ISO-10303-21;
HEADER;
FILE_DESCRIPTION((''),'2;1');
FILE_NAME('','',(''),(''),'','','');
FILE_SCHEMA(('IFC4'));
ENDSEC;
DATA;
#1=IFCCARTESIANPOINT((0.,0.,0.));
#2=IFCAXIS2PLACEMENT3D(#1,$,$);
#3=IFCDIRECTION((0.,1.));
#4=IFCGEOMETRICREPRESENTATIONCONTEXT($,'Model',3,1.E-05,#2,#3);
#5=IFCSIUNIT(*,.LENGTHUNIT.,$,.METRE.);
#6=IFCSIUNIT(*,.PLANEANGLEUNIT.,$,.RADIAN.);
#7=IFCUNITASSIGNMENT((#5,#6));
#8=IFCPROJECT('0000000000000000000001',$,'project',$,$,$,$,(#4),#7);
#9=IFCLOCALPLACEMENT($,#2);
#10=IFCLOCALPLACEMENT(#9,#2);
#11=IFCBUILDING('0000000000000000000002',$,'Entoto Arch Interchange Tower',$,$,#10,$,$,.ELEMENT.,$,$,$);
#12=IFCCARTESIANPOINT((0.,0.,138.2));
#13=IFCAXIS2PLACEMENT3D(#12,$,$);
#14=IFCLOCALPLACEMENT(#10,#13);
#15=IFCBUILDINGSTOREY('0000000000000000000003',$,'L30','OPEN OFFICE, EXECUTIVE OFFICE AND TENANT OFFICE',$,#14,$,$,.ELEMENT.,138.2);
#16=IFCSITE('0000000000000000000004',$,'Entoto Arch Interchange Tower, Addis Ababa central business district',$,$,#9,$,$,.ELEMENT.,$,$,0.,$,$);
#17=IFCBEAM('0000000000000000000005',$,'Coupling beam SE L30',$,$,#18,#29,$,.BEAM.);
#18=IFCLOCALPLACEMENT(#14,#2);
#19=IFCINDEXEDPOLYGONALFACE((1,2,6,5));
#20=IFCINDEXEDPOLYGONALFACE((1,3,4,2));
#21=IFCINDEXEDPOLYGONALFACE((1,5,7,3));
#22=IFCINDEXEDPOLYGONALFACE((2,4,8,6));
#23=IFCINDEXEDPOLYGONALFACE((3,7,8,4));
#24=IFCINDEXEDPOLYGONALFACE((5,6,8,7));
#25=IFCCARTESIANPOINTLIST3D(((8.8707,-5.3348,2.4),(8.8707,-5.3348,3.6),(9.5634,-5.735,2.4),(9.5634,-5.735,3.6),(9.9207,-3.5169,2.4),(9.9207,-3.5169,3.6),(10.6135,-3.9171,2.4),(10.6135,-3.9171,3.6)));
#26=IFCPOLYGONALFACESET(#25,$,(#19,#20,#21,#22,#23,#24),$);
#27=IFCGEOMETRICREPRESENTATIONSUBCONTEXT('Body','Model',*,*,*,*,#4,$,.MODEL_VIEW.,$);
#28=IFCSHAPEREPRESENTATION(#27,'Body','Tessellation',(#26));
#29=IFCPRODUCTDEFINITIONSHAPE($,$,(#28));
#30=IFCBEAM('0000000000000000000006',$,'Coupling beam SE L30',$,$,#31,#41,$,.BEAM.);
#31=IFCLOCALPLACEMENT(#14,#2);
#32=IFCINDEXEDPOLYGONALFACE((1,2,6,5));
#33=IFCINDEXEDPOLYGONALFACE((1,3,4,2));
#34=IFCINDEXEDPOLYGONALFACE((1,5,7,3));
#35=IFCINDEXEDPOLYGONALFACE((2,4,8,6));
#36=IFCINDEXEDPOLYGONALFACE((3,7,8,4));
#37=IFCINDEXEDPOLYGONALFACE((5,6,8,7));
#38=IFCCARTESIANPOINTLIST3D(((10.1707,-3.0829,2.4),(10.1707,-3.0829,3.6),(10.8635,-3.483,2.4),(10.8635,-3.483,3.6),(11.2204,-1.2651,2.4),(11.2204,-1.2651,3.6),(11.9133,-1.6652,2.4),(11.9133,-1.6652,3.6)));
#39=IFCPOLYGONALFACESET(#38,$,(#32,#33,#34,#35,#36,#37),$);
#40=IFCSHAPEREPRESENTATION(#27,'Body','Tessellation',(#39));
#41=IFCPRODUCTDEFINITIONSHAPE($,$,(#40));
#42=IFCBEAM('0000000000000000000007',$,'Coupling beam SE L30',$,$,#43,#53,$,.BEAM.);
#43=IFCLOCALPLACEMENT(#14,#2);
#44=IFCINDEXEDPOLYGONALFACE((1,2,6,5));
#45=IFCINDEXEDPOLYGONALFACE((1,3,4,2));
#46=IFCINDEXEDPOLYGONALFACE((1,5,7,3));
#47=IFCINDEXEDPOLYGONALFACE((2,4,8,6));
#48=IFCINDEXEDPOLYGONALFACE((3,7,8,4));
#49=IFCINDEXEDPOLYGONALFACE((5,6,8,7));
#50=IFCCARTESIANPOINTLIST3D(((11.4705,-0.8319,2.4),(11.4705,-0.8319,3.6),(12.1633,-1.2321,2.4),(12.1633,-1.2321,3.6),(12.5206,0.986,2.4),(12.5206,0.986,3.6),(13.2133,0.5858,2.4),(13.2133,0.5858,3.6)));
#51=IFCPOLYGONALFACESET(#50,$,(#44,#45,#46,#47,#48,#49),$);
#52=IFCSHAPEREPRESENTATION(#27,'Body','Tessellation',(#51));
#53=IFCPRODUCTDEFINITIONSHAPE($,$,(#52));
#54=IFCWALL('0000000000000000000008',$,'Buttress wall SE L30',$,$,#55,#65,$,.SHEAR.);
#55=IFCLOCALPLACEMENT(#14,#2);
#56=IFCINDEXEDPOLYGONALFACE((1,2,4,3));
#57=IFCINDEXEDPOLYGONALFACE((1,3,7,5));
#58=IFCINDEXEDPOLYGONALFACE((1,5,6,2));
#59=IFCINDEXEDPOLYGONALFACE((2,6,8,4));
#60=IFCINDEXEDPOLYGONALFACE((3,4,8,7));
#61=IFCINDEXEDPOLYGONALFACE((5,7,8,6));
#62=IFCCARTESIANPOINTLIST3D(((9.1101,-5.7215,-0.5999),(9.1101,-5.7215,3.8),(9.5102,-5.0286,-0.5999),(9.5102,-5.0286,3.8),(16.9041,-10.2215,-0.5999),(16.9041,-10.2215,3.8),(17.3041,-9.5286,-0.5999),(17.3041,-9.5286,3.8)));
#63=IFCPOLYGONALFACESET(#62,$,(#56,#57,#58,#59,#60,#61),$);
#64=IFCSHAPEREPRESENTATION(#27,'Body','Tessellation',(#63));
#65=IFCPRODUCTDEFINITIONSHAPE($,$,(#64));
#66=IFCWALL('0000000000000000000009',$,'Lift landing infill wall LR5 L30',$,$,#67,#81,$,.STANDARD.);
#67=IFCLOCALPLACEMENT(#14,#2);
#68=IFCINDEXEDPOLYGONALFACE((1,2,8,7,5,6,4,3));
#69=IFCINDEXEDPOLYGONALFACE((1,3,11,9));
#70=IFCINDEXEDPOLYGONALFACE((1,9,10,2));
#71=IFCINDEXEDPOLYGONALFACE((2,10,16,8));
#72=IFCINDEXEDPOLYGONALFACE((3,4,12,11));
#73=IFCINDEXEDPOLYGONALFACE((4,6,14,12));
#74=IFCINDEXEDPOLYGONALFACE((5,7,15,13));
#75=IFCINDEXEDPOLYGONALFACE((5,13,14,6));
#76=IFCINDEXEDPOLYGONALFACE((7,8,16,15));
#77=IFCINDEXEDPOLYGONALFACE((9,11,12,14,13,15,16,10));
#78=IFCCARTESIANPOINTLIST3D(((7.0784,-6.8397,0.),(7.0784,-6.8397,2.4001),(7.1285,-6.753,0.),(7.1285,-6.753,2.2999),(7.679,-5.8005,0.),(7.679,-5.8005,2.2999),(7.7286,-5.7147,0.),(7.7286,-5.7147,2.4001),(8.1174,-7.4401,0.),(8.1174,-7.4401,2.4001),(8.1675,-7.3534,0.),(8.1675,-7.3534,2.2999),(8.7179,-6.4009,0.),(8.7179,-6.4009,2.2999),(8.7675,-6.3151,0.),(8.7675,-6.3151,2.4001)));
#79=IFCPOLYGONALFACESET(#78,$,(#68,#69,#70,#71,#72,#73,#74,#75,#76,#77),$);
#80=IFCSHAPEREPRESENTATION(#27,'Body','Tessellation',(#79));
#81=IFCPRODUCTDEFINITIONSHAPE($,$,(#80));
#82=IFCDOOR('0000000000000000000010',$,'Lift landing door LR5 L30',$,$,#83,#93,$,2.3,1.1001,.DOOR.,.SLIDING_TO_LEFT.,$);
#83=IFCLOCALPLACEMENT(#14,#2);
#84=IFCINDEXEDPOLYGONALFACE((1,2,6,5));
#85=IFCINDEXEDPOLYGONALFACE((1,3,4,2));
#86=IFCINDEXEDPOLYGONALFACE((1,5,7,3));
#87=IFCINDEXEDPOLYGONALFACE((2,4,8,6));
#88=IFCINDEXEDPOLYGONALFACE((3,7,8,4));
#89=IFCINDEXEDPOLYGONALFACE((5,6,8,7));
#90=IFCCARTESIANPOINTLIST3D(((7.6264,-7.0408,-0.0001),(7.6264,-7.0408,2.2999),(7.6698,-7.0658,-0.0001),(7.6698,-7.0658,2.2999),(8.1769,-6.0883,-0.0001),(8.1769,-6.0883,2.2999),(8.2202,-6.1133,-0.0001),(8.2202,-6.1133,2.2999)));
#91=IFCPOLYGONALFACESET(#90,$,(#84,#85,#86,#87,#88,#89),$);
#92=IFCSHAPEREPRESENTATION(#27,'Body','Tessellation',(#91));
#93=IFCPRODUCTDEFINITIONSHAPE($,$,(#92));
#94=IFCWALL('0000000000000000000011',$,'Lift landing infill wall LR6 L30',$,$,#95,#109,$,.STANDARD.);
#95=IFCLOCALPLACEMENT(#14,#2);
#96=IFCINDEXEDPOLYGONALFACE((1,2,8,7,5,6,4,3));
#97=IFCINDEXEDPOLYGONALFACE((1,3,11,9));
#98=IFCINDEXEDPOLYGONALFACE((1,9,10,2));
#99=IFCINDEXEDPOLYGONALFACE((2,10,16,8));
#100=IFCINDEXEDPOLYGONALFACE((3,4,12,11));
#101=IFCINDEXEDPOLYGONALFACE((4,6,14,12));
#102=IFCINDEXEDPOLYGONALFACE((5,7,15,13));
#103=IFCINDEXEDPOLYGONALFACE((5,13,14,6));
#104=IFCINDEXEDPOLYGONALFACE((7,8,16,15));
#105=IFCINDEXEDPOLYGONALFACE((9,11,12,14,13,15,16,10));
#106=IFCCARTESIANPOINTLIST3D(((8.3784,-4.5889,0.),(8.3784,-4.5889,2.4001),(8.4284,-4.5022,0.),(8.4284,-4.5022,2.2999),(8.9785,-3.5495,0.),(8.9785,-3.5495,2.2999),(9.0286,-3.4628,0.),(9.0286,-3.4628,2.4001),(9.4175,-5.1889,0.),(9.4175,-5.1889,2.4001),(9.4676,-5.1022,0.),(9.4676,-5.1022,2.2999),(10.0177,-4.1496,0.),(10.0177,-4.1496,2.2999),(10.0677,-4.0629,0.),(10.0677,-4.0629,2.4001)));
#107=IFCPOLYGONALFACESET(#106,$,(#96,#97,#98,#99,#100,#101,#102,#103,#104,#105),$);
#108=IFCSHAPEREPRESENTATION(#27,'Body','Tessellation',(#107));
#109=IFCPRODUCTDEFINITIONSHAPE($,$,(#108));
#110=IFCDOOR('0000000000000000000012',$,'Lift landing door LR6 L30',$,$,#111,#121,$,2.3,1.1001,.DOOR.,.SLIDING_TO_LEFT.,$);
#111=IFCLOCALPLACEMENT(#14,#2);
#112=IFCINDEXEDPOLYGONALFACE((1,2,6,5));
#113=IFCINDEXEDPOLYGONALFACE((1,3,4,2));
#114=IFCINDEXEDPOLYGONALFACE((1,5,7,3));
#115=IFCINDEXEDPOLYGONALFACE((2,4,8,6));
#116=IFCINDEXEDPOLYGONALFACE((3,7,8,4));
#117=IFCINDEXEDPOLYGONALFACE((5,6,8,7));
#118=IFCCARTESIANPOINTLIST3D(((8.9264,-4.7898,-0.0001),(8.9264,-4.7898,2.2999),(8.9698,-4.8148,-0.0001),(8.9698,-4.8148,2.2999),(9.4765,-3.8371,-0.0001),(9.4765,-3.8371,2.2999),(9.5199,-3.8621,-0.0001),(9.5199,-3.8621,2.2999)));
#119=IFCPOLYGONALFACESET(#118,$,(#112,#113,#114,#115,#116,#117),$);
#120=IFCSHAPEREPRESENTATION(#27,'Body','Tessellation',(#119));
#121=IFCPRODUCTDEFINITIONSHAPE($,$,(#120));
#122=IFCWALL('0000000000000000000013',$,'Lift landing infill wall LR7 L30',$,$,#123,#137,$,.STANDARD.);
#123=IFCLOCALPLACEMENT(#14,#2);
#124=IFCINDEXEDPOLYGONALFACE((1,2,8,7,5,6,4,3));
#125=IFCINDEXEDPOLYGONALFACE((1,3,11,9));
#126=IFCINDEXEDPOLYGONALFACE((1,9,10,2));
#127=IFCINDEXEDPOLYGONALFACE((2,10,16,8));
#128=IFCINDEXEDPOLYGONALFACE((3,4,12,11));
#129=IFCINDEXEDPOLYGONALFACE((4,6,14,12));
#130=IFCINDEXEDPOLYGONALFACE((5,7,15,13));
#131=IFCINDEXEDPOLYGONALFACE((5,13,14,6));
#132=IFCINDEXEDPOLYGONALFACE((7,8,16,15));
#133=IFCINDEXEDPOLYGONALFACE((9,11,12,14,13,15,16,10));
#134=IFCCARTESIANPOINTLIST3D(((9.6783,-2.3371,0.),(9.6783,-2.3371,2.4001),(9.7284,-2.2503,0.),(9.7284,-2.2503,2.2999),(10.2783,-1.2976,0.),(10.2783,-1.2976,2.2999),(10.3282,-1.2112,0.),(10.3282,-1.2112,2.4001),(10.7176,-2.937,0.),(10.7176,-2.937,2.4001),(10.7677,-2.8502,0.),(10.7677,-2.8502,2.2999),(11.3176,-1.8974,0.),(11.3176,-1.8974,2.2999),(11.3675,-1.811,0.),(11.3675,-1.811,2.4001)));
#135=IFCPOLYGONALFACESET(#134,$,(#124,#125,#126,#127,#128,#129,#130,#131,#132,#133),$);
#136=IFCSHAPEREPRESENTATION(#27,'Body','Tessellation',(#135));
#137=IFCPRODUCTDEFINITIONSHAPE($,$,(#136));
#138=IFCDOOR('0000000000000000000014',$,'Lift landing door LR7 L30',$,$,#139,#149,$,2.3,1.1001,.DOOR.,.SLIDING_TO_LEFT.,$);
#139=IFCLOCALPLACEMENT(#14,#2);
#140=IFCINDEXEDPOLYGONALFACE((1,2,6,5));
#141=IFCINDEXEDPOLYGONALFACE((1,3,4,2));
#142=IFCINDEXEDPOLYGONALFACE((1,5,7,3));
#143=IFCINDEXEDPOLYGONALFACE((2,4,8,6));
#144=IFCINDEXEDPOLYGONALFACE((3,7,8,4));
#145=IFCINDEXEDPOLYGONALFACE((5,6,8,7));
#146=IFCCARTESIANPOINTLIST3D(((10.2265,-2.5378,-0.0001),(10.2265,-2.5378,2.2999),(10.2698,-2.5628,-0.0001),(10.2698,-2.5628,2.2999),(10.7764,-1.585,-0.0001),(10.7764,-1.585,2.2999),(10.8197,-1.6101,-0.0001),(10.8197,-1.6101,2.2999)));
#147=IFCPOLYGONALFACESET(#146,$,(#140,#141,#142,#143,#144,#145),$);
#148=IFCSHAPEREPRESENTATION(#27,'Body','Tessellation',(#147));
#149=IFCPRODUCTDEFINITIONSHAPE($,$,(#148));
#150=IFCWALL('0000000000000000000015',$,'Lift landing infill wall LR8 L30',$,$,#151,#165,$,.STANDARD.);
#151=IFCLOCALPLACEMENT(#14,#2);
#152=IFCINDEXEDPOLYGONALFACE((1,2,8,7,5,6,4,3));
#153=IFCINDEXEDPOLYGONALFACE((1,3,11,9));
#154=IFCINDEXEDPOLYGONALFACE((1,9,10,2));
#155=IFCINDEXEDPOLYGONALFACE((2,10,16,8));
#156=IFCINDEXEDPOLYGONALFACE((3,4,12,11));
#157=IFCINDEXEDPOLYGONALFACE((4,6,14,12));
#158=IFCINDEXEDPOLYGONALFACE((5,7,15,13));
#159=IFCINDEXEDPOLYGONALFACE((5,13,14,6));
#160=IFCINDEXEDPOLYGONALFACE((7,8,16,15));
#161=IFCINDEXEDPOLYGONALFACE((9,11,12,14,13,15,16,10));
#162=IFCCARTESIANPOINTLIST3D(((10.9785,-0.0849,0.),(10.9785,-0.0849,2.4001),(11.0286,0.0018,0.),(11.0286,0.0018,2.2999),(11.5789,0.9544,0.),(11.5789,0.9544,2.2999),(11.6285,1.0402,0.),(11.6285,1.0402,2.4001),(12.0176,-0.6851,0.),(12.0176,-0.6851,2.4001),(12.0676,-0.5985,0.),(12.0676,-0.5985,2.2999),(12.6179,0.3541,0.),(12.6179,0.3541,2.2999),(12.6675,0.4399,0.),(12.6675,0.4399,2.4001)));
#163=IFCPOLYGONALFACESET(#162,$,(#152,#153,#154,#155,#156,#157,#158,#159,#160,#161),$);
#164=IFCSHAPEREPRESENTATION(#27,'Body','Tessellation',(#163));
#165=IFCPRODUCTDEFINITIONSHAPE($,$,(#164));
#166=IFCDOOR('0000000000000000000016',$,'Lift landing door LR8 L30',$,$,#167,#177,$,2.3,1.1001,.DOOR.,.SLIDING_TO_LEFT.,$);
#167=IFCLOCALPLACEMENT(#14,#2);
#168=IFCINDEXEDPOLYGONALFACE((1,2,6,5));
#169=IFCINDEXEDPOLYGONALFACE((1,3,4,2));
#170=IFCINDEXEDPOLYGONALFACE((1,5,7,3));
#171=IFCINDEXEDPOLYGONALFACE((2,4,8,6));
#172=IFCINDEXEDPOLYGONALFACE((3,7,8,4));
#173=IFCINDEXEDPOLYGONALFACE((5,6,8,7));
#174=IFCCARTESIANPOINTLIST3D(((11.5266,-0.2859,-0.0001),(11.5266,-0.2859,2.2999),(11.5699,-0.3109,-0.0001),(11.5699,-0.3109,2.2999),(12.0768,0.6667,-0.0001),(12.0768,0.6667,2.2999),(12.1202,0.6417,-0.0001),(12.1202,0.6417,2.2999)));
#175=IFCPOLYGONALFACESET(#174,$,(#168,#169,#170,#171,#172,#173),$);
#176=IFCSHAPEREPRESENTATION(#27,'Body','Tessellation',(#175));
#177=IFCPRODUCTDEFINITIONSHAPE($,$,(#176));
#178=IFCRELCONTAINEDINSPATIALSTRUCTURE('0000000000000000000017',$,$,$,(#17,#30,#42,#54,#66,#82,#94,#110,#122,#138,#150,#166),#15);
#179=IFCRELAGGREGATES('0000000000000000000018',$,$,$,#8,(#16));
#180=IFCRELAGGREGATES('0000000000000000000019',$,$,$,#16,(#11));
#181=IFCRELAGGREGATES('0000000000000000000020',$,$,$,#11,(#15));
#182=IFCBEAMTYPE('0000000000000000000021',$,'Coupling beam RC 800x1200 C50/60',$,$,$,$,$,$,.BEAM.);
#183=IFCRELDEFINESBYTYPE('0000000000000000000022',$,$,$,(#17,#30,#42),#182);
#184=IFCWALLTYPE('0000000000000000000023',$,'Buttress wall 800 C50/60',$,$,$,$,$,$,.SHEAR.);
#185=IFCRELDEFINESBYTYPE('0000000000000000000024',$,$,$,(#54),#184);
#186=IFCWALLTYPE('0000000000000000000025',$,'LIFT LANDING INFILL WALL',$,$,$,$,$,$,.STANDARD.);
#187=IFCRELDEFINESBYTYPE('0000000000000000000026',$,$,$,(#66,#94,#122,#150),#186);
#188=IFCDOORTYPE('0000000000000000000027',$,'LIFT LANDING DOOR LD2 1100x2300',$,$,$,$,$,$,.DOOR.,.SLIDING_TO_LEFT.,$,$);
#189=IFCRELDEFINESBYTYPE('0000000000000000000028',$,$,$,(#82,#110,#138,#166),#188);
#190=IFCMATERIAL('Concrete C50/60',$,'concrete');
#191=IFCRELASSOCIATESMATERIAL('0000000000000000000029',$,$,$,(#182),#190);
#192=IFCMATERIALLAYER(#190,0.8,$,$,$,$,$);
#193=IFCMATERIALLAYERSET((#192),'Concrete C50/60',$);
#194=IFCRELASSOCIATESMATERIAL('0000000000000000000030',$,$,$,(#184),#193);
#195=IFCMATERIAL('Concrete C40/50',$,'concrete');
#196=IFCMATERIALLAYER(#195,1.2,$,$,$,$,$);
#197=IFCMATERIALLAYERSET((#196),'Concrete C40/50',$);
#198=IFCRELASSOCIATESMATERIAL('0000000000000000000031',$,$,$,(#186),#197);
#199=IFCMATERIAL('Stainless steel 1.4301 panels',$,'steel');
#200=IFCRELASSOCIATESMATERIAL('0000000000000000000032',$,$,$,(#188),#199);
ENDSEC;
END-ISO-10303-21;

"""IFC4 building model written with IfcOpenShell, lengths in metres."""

from ifc_helpers import new_model, si_unit, direction, frame, frame_2d, origin, origin_2d, place, context, subcontext, project, spatial, rectangle, extrude, material, layer, layer_set, material_profile, profile_set, type_object, element, fill, save


model = new_model("IFC4")

# Units and contexts
model_context = context("Model", 3, precision=1e-05, world=origin(), true_north=direction((0.0, 1.0)))
body_context = subcontext(model_context, "Body", "Model", "MODEL_VIEW")
ifc_project = project(units=[si_unit("LENGTHUNIT", "METRE"), si_unit("PLANEANGLEUNIT", "RADIAN")], contexts=[model_context])

# Site, building, storey
site_placement = place(None, origin())
site = spatial("IfcSite", under=ifc_project, at=site_placement, Name="Entoto Arch Interchange Tower, Addis Ababa central business district", CompositionType="ELEMENT", RefElevation=0.0)
building_placement = place(site_placement, origin())
building = spatial("IfcBuilding", under=site, at=building_placement, Name="Entoto Arch Interchange Tower", CompositionType="ELEMENT")
storey_placement = place(building_placement, frame((0.0, 0.0, 138.2)))
storey = spatial("IfcBuildingStorey", under=building, at=storey_placement, Name="L30", Description="OPEN OFFICE, EXECUTIVE OFFICE AND TENANT OFFICE", CompositionType="ELEMENT", Elevation=138.2)

# Beams
ifc_material_1 = material(Name="Concrete C50/60", Category="concrete")
ifc_material_profile = material_profile(ifc_material_1, rectangle(XDim=0.8, YDim=1.2, at=origin_2d()))
ifc_profile_set = profile_set([ifc_material_profile], Name="Concrete C50/60")
beam_type = type_object("IfcBeamType", Name="Coupling beam RC 800x1200 C50/60", PredefinedType="BEAM", material=ifc_profile_set)
beam_1_placement = place(storey_placement, frame((9.217, -5.5349, 3.0), z_axis=(0.500179, 0.865922, 0.0), x_axis=(-0.865922, 0.500179, 0.0)))
element("IfcBeam", 1, at=beam_1_placement, inside=storey, type_object=beam_type, Name="Coupling beam SE L30", PredefinedType="BEAM", context=body_context, shape_type="SweptSolid", body=[
    extrude(rectangle(XDim=0.8, YDim=1.2, at=origin_2d()), origin(), (0.0, 0.0, 1.0), 2.0994),
])
beam_2_placement = place(storey_placement, frame((10.5171, -3.283, 3.0), z_axis=(0.500092, 0.865973, 0.0), x_axis=(-0.865973, 0.500092, 0.0)))
element("IfcBeam", 2, at=beam_2_placement, inside=storey, type_object=beam_type, Name="Coupling beam SE L30", PredefinedType="BEAM", context=body_context, shape_type="SweptSolid", body=[
    extrude(rectangle(XDim=0.8, YDim=1.2, at=origin_2d()), origin(), (0.0, 0.0, 1.0), 2.0991),
])
beam_3_placement = place(storey_placement, frame((11.8169, -1.032, 3.0), z_axis=(0.500179, 0.865922, 0.0), x_axis=(-0.865922, 0.500179, 0.0)))
element("IfcBeam", 3, at=beam_3_placement, inside=storey, type_object=beam_type, Name="Coupling beam SE L30", PredefinedType="BEAM", context=body_context, shape_type="SweptSolid", body=[
    extrude(rectangle(XDim=0.8, YDim=1.2, at=origin_2d()), origin(), (0.0, 0.0, 1.0), 2.0994),
])

# Wall
ifc_layer_1 = layer(ifc_material_1, 0.8)
ifc_layer_set_1 = layer_set([ifc_layer_1], Name="Concrete C50/60")
wall_type_1 = type_object("IfcWallType", Name="Buttress wall 800 C50/60", PredefinedType="SHEAR", material=ifc_layer_set_1)
wall_1_placement = place(storey_placement, frame((9.3101, -5.375, -0.5999), z_axis=(0.0, 0.0, 1.0), x_axis=(0.866018, -0.500014, 0.0)))
element("IfcWall", 4, at=wall_1_placement, inside=storey, type_object=wall_type_1, Name="Buttress wall SE L30", PredefinedType="SHEAR", context=body_context, shape_type="SweptSolid", body=[
    extrude(rectangle(XDim=8.9998, YDim=0.8, at=frame_2d((4.5, 0.0))), origin(), (0.0, 0.0, 1.0), 4.3999),
])

# Walls, openings, doors
ifc_material_2 = material(Name="Concrete C40/50", Category="concrete")
ifc_layer_2 = layer(ifc_material_2, 1.2)
ifc_layer_set_2 = layer_set([ifc_layer_2], Name="Concrete C40/50")
wall_type_2 = type_object("IfcWallType", Name="LIFT LANDING INFILL WALL", PredefinedType="STANDARD", material=ifc_layer_set_2)
wall_2_placement = place(storey_placement, frame((7.5979, -7.1399, 0.0), z_axis=(0.0, 0.0, 1.0), x_axis=(0.500362, 0.865816, 0.0)))
wall_2 = element("IfcWall", 5, at=wall_2_placement, inside=storey, type_object=wall_type_2, Name="Lift landing infill wall LR5 L30", PredefinedType="STANDARD", context=body_context, shape_type="SweptSolid", body=[
    extrude(rectangle(XDim=1.2993, YDim=1.2, at=frame_2d((0.6497, 0.0))), origin(), (0.0, 0.0, 1.0), 2.4001),
])
opening_1_placement = place(wall_2_placement, frame((0.1001, 0.0, 0.0)))
opening_1 = element("IfcOpeningElement", 6, at=opening_1_placement, cuts=wall_2, PredefinedType="OPENING", context=body_context, shape_type="SweptSolid", body=[
    extrude(rectangle(XDim=1.1001, YDim=2.3, at=frame_2d((0.55, 1.1499))), frame((0.0, 0.6099, 0.0), z_axis=(0.0, -1.0, 0.0), x_axis=(1.0, 0.0, 0.0)), (0.0, 0.0, 1.0), 1.22),
])
ifc_material_3 = material(Name="Stainless steel 1.4301 panels", Category="steel")
door_type_1 = type_object("IfcDoorType", Name="LIFT LANDING DOOR LD2 1100x2300", OperationType="SLIDING_TO_LEFT", PredefinedType="DOOR", material=ifc_material_3)
door_1_placement = place(opening_1_placement, origin())
door_1 = element("IfcDoor", 7, at=door_1_placement, inside=storey, type_object=door_type_1, Name="Lift landing door LR5 L30", OperationType="SLIDING_TO_LEFT", OverallHeight=2.3, OverallWidth=1.1001, PredefinedType="DOOR", context=body_context, shape_type="SweptSolid", body=[
    extrude(rectangle(XDim=1.1001, YDim=2.3, at=frame_2d((0.55, 1.1499))), frame((0.0, 0.0249, 0.0), z_axis=(0.0, -1.0, 0.0), x_axis=(1.0, 0.0, 0.0)), (0.0, 0.0, 1.0), 0.05),
])
fill(opening_1, door_1)
wall_3_placement = place(storey_placement, frame((8.8979, -4.8889, 0.0), z_axis=(0.0, 0.0, 1.0), x_axis=(0.500037, 0.866004, 0.0)))
wall_3 = element("IfcWall", 8, at=wall_3_placement, inside=storey, type_object=wall_type_2, Name="Lift landing infill wall LR6 L30", PredefinedType="STANDARD", context=body_context, shape_type="SweptSolid", body=[
    extrude(rectangle(XDim=1.3003, YDim=1.2, at=frame_2d((0.6501, 0.0))), origin(), (0.0, 0.0, 1.0), 2.4001),
])
opening_2_placement = place(wall_3_placement, frame((0.1001, 0.0, 0.0)))
opening_2 = element("IfcOpeningElement", 9, at=opening_2_placement, cuts=wall_3, PredefinedType="OPENING", context=body_context, shape_type="SweptSolid", body=[
    extrude(rectangle(XDim=1.1001, YDim=2.3, at=frame_2d((0.55, 1.1499))), frame((0.0, 0.6099, 0.0), z_axis=(0.0, -1.0, 0.0), x_axis=(1.0, 0.0, 0.0)), (0.0, 0.0, 1.0), 1.22),
])
door_2_placement = place(opening_2_placement, origin())
door_2 = element("IfcDoor", 10, at=door_2_placement, inside=storey, type_object=door_type_1, Name="Lift landing door LR6 L30", OperationType="SLIDING_TO_LEFT", OverallHeight=2.3, OverallWidth=1.1001, PredefinedType="DOOR", context=body_context, shape_type="SweptSolid", body=[
    extrude(rectangle(XDim=1.1001, YDim=2.3, at=frame_2d((0.55, 1.1499))), frame((0.0, 0.0249, 0.0), z_axis=(0.0, -1.0, 0.0), x_axis=(1.0, 0.0, 0.0)), (0.0, 0.0, 1.0), 0.05),
])
fill(opening_2, door_2)
wall_4_placement = place(storey_placement, frame((10.198, -2.637, 0.0), z_axis=(0.0, 0.0, 1.0), x_axis=(0.499896, 0.866086, 0.0)))
wall_4 = element("IfcWall", 11, at=wall_4_placement, inside=storey, type_object=wall_type_2, Name="Lift landing infill wall LR7 L30", PredefinedType="STANDARD", context=body_context, shape_type="SweptSolid", body=[
    extrude(rectangle(XDim=1.3, YDim=1.2, at=frame_2d((0.6499, 0.0))), origin(), (0.0, 0.0, 1.0), 2.4001),
])
opening_3_placement = place(wall_4_placement, frame((0.1001, 0.0, 0.0)))
opening_3 = element("IfcOpeningElement", 12, at=opening_3_placement, cuts=wall_4, PredefinedType="OPENING", context=body_context, shape_type="SweptSolid", body=[
    extrude(rectangle(XDim=1.1001, YDim=2.3, at=frame_2d((0.55, 1.1499))), frame((0.0, 0.6099, 0.0), z_axis=(0.0, -1.0, 0.0), x_axis=(1.0, 0.0, 0.0)), (0.0, 0.0, 1.0), 1.22),
])
door_3_placement = place(opening_3_placement, origin())
door_3 = element("IfcDoor", 13, at=door_3_placement, inside=storey, type_object=door_type_1, Name="Lift landing door LR7 L30", OperationType="SLIDING_TO_LEFT", OverallHeight=2.3, OverallWidth=1.1001, PredefinedType="DOOR", context=body_context, shape_type="SweptSolid", body=[
    extrude(rectangle(XDim=1.1001, YDim=2.3, at=frame_2d((0.55, 1.1499))), frame((0.0, 0.0249, 0.0), z_axis=(0.0, -1.0, 0.0), x_axis=(1.0, 0.0, 0.0)), (0.0, 0.0, 1.0), 0.05),
])
fill(opening_3, door_3)
wall_5_placement = place(storey_placement, frame((11.498, -0.385, 0.0), z_axis=(0.0, 0.0, 1.0), x_axis=(0.500221, 0.865898, 0.0)))
wall_5 = element("IfcWall", 14, at=wall_5_placement, inside=storey, type_object=wall_type_2, Name="Lift landing infill wall LR8 L30", PredefinedType="STANDARD", context=body_context, shape_type="SweptSolid", body=[
    extrude(rectangle(XDim=1.2993, YDim=1.2, at=frame_2d((0.6497, 0.0))), origin(), (0.0, 0.0, 1.0), 2.4001),
])
opening_4_placement = place(wall_5_placement, frame((0.1001, 0.0, 0.0)))
opening_4 = element("IfcOpeningElement", 15, at=opening_4_placement, cuts=wall_5, PredefinedType="OPENING", context=body_context, shape_type="SweptSolid", body=[
    extrude(rectangle(XDim=1.1001, YDim=2.3, at=frame_2d((0.55, 1.1499))), frame((0.0, 0.6099, 0.0), z_axis=(0.0, -1.0, 0.0), x_axis=(1.0, 0.0, 0.0)), (0.0, 0.0, 1.0), 1.22),
])
door_4_placement = place(opening_4_placement, origin())
door_4 = element("IfcDoor", 16, at=door_4_placement, inside=storey, type_object=door_type_1, Name="Lift landing door LR8 L30", OperationType="SLIDING_TO_LEFT", OverallHeight=2.3, OverallWidth=1.1001, PredefinedType="DOOR", context=body_context, shape_type="SweptSolid", body=[
    extrude(rectangle(XDim=1.1001, YDim=2.3, at=frame_2d((0.55, 1.1499))), frame((0.0, 0.0249, 0.0), z_axis=(0.0, -1.0, 0.0), x_axis=(1.0, 0.0, 0.0)), (0.0, 0.0, 1.0), 0.05),
])
fill(opening_4, door_4)

save(model, "model.ifc")
